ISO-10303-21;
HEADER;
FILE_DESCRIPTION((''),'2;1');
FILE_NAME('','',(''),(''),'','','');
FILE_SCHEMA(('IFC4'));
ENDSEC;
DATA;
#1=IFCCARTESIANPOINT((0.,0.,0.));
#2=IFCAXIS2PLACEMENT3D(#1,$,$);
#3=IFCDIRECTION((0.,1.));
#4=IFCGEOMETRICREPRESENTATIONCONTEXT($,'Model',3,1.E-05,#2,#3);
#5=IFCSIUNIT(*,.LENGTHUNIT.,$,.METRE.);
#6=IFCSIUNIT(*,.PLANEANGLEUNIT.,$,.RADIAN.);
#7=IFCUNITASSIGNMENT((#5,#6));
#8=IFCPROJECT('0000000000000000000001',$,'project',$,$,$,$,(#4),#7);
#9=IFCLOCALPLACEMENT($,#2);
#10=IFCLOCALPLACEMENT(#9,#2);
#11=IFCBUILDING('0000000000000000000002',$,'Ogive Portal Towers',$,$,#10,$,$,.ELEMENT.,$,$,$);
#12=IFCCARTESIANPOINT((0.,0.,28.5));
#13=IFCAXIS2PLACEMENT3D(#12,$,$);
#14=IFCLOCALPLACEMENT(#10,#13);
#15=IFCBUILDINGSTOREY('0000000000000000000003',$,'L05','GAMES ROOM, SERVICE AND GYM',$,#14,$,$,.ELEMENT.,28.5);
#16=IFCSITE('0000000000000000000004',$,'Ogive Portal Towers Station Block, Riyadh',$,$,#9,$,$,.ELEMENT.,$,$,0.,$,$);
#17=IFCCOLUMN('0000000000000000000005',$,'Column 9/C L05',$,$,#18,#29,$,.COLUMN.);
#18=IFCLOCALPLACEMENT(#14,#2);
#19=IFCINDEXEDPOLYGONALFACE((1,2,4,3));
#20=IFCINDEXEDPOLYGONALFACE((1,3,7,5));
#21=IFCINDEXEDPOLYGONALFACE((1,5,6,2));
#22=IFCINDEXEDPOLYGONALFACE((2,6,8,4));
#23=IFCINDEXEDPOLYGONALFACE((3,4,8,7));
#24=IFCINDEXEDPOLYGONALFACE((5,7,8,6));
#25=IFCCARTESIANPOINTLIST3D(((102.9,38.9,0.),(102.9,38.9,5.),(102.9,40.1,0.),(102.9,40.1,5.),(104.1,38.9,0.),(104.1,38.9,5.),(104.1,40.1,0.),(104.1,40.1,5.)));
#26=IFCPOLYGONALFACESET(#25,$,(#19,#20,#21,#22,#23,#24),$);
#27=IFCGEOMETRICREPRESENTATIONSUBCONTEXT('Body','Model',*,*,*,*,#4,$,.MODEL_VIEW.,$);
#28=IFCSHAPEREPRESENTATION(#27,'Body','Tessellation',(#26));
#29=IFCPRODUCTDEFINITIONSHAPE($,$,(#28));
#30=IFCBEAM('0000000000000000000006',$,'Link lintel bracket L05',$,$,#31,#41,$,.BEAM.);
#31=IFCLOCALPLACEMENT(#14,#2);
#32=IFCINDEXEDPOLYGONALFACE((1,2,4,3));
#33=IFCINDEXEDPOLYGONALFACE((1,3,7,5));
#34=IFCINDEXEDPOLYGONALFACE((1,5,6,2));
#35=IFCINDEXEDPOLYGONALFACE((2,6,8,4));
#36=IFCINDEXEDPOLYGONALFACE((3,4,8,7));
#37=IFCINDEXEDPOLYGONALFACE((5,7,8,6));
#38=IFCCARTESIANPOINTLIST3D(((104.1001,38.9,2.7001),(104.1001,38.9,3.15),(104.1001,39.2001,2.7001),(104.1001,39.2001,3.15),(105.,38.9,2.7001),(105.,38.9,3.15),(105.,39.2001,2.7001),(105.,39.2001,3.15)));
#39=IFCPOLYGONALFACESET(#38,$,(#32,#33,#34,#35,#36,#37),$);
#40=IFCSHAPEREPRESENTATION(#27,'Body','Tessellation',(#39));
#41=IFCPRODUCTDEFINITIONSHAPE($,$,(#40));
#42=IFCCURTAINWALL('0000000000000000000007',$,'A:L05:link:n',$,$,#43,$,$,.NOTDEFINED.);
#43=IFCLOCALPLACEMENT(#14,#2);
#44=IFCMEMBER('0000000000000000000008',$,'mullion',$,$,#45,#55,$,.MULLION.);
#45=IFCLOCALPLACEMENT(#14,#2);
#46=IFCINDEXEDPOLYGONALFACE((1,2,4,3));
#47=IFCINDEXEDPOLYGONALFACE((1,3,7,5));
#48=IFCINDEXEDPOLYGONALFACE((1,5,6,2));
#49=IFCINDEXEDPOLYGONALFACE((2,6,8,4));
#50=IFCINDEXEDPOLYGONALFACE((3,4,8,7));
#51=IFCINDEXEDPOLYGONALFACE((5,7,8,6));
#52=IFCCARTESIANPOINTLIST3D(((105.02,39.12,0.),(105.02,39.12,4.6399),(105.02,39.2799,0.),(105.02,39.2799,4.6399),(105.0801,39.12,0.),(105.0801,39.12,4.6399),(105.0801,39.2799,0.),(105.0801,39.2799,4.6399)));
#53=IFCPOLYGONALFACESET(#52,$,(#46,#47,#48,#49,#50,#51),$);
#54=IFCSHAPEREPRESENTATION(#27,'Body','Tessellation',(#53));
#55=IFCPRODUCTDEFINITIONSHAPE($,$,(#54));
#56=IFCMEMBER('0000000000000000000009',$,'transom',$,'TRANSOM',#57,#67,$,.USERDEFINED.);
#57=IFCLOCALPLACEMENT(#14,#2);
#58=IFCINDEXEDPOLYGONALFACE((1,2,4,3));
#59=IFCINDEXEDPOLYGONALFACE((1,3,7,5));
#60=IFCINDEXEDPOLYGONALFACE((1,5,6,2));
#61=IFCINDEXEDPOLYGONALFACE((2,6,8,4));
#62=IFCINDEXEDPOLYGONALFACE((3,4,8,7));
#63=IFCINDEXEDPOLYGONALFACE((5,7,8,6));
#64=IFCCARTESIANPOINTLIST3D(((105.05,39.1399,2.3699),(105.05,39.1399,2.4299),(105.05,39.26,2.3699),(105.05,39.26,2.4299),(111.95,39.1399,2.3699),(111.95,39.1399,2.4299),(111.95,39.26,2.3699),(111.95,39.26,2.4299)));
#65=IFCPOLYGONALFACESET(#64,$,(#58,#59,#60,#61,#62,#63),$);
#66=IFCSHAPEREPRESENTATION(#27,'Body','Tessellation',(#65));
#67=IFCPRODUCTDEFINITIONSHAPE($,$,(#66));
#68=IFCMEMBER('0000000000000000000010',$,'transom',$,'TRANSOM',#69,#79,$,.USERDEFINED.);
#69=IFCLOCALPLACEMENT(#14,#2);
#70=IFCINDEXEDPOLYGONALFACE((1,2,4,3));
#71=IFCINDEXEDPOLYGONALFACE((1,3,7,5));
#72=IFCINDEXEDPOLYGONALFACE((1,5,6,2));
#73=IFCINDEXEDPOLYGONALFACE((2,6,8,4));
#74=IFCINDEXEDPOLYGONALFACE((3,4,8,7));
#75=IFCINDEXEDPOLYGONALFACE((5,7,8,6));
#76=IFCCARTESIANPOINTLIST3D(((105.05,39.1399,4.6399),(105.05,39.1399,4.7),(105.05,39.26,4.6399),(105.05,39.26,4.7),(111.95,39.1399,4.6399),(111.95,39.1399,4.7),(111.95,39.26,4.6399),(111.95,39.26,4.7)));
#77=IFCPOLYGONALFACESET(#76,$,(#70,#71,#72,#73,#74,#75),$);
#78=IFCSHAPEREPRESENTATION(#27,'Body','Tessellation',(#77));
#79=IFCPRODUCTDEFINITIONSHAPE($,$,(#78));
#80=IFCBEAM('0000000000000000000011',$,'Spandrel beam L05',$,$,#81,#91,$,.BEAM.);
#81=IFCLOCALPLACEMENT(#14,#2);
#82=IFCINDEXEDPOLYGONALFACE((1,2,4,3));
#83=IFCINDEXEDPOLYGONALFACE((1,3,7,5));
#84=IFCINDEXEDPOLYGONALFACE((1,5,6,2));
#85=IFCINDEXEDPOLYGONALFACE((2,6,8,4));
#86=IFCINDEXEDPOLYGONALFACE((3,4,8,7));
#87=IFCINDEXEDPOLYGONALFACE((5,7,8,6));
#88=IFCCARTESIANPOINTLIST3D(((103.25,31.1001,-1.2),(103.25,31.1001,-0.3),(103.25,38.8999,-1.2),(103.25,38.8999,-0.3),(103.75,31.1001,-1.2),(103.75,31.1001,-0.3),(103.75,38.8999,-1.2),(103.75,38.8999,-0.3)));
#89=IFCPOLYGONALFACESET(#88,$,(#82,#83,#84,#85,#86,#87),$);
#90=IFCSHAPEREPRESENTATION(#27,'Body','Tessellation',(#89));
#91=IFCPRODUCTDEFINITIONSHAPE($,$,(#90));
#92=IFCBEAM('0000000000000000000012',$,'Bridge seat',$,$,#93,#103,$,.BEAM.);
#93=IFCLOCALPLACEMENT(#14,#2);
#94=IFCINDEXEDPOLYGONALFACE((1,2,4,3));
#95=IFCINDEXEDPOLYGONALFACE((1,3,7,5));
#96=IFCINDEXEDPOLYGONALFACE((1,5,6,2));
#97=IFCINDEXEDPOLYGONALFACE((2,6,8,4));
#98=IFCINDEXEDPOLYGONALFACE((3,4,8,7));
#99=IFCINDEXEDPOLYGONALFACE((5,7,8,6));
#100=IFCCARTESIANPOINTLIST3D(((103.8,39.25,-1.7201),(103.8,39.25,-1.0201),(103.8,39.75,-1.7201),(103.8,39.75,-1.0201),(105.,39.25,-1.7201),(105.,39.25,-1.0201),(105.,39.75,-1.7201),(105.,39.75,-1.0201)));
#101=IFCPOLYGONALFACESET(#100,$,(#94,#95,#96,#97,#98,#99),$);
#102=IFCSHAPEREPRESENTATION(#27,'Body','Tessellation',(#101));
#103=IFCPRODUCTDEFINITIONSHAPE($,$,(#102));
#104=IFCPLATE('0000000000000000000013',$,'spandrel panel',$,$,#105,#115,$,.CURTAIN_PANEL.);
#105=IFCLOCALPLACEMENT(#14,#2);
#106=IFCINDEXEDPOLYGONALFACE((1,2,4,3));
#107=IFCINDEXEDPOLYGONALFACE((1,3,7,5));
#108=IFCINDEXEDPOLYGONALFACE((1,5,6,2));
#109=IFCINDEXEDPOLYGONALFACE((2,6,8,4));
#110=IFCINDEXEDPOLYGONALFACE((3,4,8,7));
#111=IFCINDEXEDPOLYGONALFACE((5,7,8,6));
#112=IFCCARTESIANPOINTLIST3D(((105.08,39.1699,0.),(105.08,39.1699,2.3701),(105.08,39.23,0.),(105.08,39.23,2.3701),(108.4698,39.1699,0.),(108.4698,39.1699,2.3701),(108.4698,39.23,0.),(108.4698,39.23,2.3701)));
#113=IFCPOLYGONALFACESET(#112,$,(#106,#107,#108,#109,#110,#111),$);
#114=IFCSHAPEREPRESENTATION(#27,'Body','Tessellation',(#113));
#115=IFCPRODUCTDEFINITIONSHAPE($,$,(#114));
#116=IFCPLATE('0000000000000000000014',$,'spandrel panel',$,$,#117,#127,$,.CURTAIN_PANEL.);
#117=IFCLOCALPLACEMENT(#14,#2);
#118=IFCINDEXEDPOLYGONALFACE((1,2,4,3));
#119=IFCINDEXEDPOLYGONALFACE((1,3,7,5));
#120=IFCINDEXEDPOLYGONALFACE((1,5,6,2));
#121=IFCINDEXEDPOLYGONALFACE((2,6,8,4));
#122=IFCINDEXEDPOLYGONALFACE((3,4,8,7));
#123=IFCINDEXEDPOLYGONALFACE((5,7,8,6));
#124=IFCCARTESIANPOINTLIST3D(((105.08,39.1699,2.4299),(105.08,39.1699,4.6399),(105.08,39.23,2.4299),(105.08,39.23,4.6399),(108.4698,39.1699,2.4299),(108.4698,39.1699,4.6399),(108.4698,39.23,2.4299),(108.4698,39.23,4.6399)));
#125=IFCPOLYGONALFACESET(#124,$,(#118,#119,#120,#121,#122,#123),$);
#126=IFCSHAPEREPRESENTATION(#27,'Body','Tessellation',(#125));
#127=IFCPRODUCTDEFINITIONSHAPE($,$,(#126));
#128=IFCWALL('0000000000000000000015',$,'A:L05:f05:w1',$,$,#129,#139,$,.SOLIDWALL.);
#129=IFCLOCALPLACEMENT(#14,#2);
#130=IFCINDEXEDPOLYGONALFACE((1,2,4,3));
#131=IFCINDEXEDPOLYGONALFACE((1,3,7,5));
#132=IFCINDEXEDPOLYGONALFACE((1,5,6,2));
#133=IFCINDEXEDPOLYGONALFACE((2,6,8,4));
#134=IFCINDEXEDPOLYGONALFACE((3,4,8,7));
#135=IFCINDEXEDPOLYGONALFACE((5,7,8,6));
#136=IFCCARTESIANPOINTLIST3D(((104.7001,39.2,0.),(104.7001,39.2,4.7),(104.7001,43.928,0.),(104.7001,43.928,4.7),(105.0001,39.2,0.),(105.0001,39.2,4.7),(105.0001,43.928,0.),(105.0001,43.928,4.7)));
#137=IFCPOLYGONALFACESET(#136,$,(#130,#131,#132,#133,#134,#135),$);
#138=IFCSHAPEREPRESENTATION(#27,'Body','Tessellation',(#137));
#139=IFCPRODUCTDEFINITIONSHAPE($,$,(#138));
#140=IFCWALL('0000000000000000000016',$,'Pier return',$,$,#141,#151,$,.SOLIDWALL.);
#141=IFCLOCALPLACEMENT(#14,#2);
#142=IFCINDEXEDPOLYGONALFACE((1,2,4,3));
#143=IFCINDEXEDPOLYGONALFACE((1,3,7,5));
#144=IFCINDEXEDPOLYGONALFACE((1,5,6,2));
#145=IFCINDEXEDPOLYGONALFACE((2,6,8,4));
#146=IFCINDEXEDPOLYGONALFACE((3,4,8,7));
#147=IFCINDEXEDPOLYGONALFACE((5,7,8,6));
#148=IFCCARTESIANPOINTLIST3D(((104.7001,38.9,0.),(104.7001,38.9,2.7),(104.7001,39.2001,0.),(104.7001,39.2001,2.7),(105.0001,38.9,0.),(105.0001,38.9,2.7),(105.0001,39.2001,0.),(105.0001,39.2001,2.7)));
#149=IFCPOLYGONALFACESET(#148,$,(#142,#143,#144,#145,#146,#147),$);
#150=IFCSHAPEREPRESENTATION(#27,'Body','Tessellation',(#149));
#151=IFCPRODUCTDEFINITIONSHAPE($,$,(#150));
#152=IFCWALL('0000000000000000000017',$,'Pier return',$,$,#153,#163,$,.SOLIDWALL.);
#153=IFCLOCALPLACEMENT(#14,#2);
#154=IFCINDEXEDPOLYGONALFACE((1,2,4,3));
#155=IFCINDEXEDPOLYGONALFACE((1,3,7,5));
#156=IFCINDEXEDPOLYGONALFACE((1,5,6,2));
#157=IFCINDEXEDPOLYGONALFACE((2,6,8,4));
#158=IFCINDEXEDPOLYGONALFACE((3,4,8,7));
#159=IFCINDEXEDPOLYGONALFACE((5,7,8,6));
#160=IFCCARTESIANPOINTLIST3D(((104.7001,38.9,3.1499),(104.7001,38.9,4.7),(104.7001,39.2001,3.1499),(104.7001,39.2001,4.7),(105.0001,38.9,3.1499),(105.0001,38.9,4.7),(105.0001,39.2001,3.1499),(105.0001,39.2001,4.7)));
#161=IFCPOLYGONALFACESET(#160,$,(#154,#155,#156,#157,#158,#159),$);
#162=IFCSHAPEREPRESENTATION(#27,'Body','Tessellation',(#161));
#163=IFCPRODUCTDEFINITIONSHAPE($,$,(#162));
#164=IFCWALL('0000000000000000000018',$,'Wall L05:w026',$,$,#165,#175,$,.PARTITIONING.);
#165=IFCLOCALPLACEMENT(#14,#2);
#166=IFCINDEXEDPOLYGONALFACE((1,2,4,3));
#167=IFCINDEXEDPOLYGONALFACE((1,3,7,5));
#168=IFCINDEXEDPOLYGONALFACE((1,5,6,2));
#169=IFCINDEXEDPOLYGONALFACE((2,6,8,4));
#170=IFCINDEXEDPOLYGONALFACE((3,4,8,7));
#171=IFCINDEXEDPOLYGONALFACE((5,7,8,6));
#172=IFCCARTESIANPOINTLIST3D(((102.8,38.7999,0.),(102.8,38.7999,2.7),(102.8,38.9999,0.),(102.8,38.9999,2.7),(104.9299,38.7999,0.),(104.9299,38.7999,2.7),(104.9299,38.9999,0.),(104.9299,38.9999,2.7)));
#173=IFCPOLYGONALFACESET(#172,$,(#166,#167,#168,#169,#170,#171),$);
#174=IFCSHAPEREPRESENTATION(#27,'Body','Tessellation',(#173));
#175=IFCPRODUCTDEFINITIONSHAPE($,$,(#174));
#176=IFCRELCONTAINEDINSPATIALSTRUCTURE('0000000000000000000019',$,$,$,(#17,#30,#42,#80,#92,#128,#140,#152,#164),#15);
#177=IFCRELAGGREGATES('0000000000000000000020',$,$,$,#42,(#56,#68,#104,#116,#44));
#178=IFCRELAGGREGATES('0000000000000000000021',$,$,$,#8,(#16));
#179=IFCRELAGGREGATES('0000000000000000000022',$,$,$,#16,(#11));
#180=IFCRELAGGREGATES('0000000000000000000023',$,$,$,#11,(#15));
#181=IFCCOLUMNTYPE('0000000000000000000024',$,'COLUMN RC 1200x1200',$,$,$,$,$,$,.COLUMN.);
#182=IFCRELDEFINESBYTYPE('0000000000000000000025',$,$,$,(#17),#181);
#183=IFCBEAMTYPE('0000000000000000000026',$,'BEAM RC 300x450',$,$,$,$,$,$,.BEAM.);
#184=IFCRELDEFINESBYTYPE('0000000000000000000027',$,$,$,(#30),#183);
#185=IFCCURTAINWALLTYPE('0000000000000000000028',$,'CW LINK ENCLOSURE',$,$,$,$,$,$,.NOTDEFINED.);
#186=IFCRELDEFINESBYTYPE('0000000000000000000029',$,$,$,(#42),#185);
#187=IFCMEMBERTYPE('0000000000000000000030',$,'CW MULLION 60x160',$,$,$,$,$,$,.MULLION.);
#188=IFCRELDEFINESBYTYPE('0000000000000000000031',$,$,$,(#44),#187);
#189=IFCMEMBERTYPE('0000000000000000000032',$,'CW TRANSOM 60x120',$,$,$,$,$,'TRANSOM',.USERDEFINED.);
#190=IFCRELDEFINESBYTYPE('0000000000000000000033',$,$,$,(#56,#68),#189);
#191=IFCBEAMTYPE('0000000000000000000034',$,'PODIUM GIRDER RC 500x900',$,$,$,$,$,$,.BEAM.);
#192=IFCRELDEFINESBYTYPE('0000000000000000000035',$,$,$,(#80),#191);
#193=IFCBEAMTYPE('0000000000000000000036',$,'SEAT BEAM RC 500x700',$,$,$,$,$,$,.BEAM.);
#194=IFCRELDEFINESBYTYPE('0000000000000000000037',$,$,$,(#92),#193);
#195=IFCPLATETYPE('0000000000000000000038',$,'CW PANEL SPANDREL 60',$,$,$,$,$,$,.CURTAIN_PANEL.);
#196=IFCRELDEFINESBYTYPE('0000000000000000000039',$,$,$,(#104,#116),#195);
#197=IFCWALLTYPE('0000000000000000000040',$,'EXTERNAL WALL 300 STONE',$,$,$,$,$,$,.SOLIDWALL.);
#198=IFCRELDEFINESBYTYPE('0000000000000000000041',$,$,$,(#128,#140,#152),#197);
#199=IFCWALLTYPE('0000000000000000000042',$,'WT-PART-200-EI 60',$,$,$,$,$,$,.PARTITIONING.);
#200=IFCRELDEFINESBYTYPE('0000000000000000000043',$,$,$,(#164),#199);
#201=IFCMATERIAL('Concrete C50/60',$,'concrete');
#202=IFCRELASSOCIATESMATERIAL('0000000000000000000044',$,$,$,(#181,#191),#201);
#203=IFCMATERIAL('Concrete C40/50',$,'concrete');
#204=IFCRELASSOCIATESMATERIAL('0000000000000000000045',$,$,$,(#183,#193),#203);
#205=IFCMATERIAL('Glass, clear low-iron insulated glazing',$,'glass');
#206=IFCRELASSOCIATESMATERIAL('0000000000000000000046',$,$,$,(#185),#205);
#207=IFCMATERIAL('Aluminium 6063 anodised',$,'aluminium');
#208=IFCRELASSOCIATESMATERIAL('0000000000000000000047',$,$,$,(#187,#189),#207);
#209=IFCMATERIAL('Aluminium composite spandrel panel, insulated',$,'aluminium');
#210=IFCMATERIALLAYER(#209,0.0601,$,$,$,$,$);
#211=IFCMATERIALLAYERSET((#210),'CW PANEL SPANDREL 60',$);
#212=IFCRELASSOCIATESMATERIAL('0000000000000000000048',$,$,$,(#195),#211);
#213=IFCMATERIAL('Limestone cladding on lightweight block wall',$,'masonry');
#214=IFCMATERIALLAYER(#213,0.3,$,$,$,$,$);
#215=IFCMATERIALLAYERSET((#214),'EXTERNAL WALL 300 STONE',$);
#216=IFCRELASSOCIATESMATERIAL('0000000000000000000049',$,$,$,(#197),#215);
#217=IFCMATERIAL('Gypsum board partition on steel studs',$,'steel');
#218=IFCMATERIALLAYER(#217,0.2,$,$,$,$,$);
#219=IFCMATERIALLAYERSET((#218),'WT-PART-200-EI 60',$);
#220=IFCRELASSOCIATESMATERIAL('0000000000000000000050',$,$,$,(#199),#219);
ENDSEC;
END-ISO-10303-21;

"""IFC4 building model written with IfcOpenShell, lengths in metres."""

from ifc_helpers import new_model, si_unit, direction, frame, frame_2d, origin, origin_2d, place, context, subcontext, project, spatial, rectangle, extrude, material, layer, layer_set, material_profile, profile_set, type_object, element, aggregate, save


model = new_model("IFC4")

# Units and contexts
model_context = context("Model", 3, precision=1e-05, world=origin(), true_north=direction((0.0, 1.0)))
body_context = subcontext(model_context, "Body", "Model", "MODEL_VIEW")
ifc_project = project(units=[si_unit("LENGTHUNIT", "METRE"), si_unit("PLANEANGLEUNIT", "RADIAN")], contexts=[model_context])

# Site, building, storey
site_placement = place(None, origin())
site = spatial("IfcSite", under=ifc_project, at=site_placement, Name="Ogive Portal Towers Station Block, Riyadh", CompositionType="ELEMENT", RefElevation=0.0)
building_placement = place(site_placement, origin())
building = spatial("IfcBuilding", under=site, at=building_placement, Name="Ogive Portal Towers", CompositionType="ELEMENT")
storey_placement = place(building_placement, frame((0.0, 0.0, 28.5)))
storey = spatial("IfcBuildingStorey", under=building, at=storey_placement, Name="L05", Description="GAMES ROOM, SERVICE AND GYM", CompositionType="ELEMENT", Elevation=28.5)

# Column
ifc_material_1 = material(Name="Concrete C50/60", Category="concrete")
ifc_material_profile_1 = material_profile(ifc_material_1, rectangle(XDim=1.2, YDim=1.2, at=origin_2d()), Name="RC 1200x1200")
ifc_profile_set_1 = profile_set([ifc_material_profile_1], Name="Concrete C50/60")
column_type = type_object("IfcColumnType", Name="COLUMN RC 1200x1200", PredefinedType="COLUMN", material=ifc_profile_set_1)
column_placement = place(storey_placement, frame((103.5, 39.5, 0.0), z_axis=(0.0, 0.0, 1.0), x_axis=(1.0, 0.0, 0.0)))
element("IfcColumn", 1, at=column_placement, inside=storey, type_object=column_type, Name="Column 9/C L05", PredefinedType="COLUMN", context=body_context, shape_type="SweptSolid", body=[
    extrude(rectangle(XDim=1.2, YDim=1.2, at=origin_2d()), origin(), (0.0, 0.0, 1.0), 5.0),
])

# Beam
ifc_material_2 = material(Name="Concrete C40/50", Category="concrete")
ifc_material_profile_2 = material_profile(ifc_material_2, rectangle(XDim=0.3, YDim=0.45, at=origin_2d()), Name="RC 300x450")
ifc_profile_set_2 = profile_set([ifc_material_profile_2], Name="Concrete C40/50")
beam_type_1 = type_object("IfcBeamType", Name="BEAM RC 300x450", PredefinedType="BEAM", material=ifc_profile_set_2)
beam_1_placement = place(storey_placement, frame((104.1001, 39.05, 2.925), z_axis=(1.0, 0.0, 0.0), x_axis=(0.0, 1.0, 0.0)))
element("IfcBeam", 2, at=beam_1_placement, inside=storey, type_object=beam_type_1, Name="Link lintel bracket L05", PredefinedType="BEAM", context=body_context, shape_type="SweptSolid", body=[
    extrude(rectangle(XDim=0.3, YDim=0.45, at=origin_2d()), origin(), (0.0, 0.0, 1.0), 0.8999),
])

# Curtain wall, members
ifc_material_3 = material(Name="Glass, clear low-iron insulated glazing", Category="glass")
curtain_wall_type = type_object("IfcCurtainWallType", Name="CW LINK ENCLOSURE", PredefinedType="NOTDEFINED", material=ifc_material_3)
curtain_wall_placement = place(storey_placement, origin())
curtain_wall = element("IfcCurtainWall", 3, at=curtain_wall_placement, inside=storey, type_object=curtain_wall_type, Name="A:L05:link:n", PredefinedType="NOTDEFINED")
ifc_material_4 = material(Name="Aluminium 6063 anodised", Category="aluminium")
ifc_material_profile_3 = material_profile(ifc_material_4, rectangle(XDim=0.1599, YDim=0.0601, at=origin_2d()), Name="AL 60x160")
ifc_profile_set_3 = profile_set([ifc_material_profile_3], Name="Aluminium 6063 anodised")
member_type_1 = type_object("IfcMemberType", Name="CW MULLION 60x160", PredefinedType="MULLION", material=ifc_profile_set_3)
member_1_placement = place(storey_placement, frame((105.05, 39.2, 0.0), z_axis=(0.0, 0.0, 1.0), x_axis=(0.0, 1.0, 0.0)))
member_1 = element("IfcMember", 4, at=member_1_placement, type_object=member_type_1, Name="mullion", PredefinedType="MULLION", context=body_context, shape_type="SweptSolid", body=[
    extrude(rectangle(XDim=0.1599, YDim=0.0601, at=origin_2d()), origin(), (0.0, 0.0, 1.0), 4.6399),
])
ifc_material_profile_4 = material_profile(ifc_material_4, rectangle(XDim=0.1201, YDim=0.0601, at=origin_2d()), Name="AL 120x60")
ifc_profile_set_4 = profile_set([ifc_material_profile_4], Name="Aluminium 6063 anodised")
member_type_2 = type_object("IfcMemberType", Name="CW TRANSOM 60x120", ElementType="TRANSOM", PredefinedType="USERDEFINED", material=ifc_profile_set_4)
member_2_placement = place(storey_placement, frame((105.05, 39.2, 2.3999), z_axis=(1.0, 0.0, 0.0), x_axis=(0.0, 1.0, 0.0)))
member_2 = element("IfcMember", 5, at=member_2_placement, type_object=member_type_2, Name="transom", ObjectType="TRANSOM", PredefinedType="USERDEFINED", context=body_context, shape_type="SweptSolid", body=[
    extrude(rectangle(XDim=0.1201, YDim=0.0601, at=origin_2d()), origin(), (0.0, 0.0, 1.0), 6.8999),
])
member_3_placement = place(storey_placement, frame((105.05, 39.2, 4.6699), z_axis=(1.0, 0.0, 0.0), x_axis=(0.0, 1.0, 0.0)))
member_3 = element("IfcMember", 6, at=member_3_placement, type_object=member_type_2, Name="transom", ObjectType="TRANSOM", PredefinedType="USERDEFINED", context=body_context, shape_type="SweptSolid", body=[
    extrude(rectangle(XDim=0.1201, YDim=0.0601, at=origin_2d()), origin(), (0.0, 0.0, 1.0), 6.8999),
])

# Beams
ifc_material_profile_5 = material_profile(ifc_material_1, rectangle(XDim=0.5, YDim=0.8999, at=origin_2d()), Name="RC 500x900")
ifc_profile_set_5 = profile_set([ifc_material_profile_5], Name="Concrete C50/60")
beam_type_2 = type_object("IfcBeamType", Name="PODIUM GIRDER RC 500x900", PredefinedType="BEAM", material=ifc_profile_set_5)
beam_2_placement = place(storey_placement, frame((103.5, 31.1001, -0.75), z_axis=(0.0, 1.0, 0.0), x_axis=(-1.0, 0.0, 0.0)))
element("IfcBeam", 7, at=beam_2_placement, inside=storey, type_object=beam_type_2, Name="Spandrel beam L05", PredefinedType="BEAM", context=body_context, shape_type="SweptSolid", body=[
    extrude(rectangle(XDim=0.5, YDim=0.8999, at=origin_2d()), origin(), (0.0, 0.0, 1.0), 7.7998),
])
ifc_material_profile_6 = material_profile(ifc_material_2, rectangle(XDim=0.5, YDim=0.7, at=origin_2d()), Name="RC 500x700")
ifc_profile_set_6 = profile_set([ifc_material_profile_6], Name="Concrete C40/50")
beam_type_3 = type_object("IfcBeamType", Name="SEAT BEAM RC 500x700", PredefinedType="BEAM", material=ifc_profile_set_6)
beam_3_placement = place(storey_placement, frame((103.8, 39.5, -1.3701), z_axis=(1.0, 0.0, 0.0), x_axis=(0.0, 1.0, 0.0)))
element("IfcBeam", 8, at=beam_3_placement, inside=storey, type_object=beam_type_3, Name="Bridge seat", PredefinedType="BEAM", context=body_context, shape_type="SweptSolid", body=[
    extrude(rectangle(XDim=0.5, YDim=0.7, at=origin_2d()), origin(), (0.0, 0.0, 1.0), 1.2),
])

# Plates
ifc_material_5 = material(Name="Aluminium composite spandrel panel, insulated", Category="aluminium")
ifc_layer_1 = layer(ifc_material_5, 0.0601)
ifc_layer_set_1 = layer_set([ifc_layer_1], Name="CW PANEL SPANDREL 60")
plate_type = type_object("IfcPlateType", Name="CW PANEL SPANDREL 60", PredefinedType="CURTAIN_PANEL", material=ifc_layer_set_1)
plate_1_placement = place(storey_placement, frame((106.7749, 39.2, 0.0), z_axis=(0.0, 0.0, 1.0), x_axis=(1.0, 0.0, 0.0)))
plate_1 = element("IfcPlate", 9, at=plate_1_placement, type_object=plate_type, Name="spandrel panel", PredefinedType="CURTAIN_PANEL", context=body_context, shape_type="SweptSolid", body=[
    extrude(rectangle(XDim=3.3899, YDim=0.0601, at=origin_2d()), origin(), (0.0, 0.0, 1.0), 2.3701),
])
plate_2_placement = place(storey_placement, frame((106.7749, 39.2, 2.4299), z_axis=(0.0, 0.0, 1.0), x_axis=(1.0, 0.0, 0.0)))
plate_2 = element("IfcPlate", 10, at=plate_2_placement, type_object=plate_type, Name="spandrel panel", PredefinedType="CURTAIN_PANEL", context=body_context, shape_type="SweptSolid", body=[
    extrude(rectangle(XDim=3.3899, YDim=0.0601, at=origin_2d()), origin(), (0.0, 0.0, 1.0), 2.21),
])
aggregate(curtain_wall, [member_2, member_3, plate_1, plate_2, member_1])

# Walls
ifc_material_6 = material(Name="Limestone cladding on lightweight block wall", Category="masonry")
ifc_layer_2 = layer(ifc_material_6, 0.3)
ifc_layer_set_2 = layer_set([ifc_layer_2], Name="EXTERNAL WALL 300 STONE")
wall_type_1 = type_object("IfcWallType", Name="EXTERNAL WALL 300 STONE", PredefinedType="SOLIDWALL", material=ifc_layer_set_2)
wall_1_placement = place(storey_placement, frame((104.8501, 39.2, 0.0), z_axis=(0.0, 0.0, 1.0), x_axis=(0.0, 1.0, 0.0)))
element("IfcWall", 11, at=wall_1_placement, inside=storey, type_object=wall_type_1, Name="A:L05:f05:w1", PredefinedType="SOLIDWALL", context=body_context, shape_type="SweptSolid", body=[
    extrude(rectangle(XDim=4.728, YDim=0.3, at=frame_2d((2.364, 0.0))), origin(), (0.0, 0.0, 1.0), 4.7),
])
wall_2_placement = place(storey_placement, frame((104.8501, 39.2, 0.0), z_axis=(0.0, 0.0, 1.0), x_axis=(0.0, -1.0, 0.0)))
element("IfcWall", 12, at=wall_2_placement, inside=storey, type_object=wall_type_1, Name="Pier return", PredefinedType="SOLIDWALL", context=body_context, shape_type="SweptSolid", body=[
    extrude(rectangle(XDim=0.3, YDim=0.3, at=frame_2d((0.1499, 0.0))), origin(), (0.0, 0.0, 1.0), 2.7),
])
wall_3_placement = place(storey_placement, frame((104.8501, 39.2, 3.1499), z_axis=(0.0, 0.0, 1.0), x_axis=(0.0, -1.0, 0.0)))
element("IfcWall", 13, at=wall_3_placement, inside=storey, type_object=wall_type_1, Name="Pier return", PredefinedType="SOLIDWALL", context=body_context, shape_type="SweptSolid", body=[
    extrude(rectangle(XDim=0.3, YDim=0.3, at=frame_2d((0.1499, 0.0))), origin(), (0.0, 0.0, 1.0), 1.55),
])
ifc_material_7 = material(Name="Gypsum board partition on steel studs", Category="steel")
ifc_layer_3 = layer(ifc_material_7, 0.2)
ifc_layer_set_3 = layer_set([ifc_layer_3], Name="WT-PART-200-EI 60")
wall_type_2 = type_object("IfcWallType", Name="WT-PART-200-EI 60", PredefinedType="PARTITIONING", material=ifc_layer_set_3)
wall_4_placement = place(storey_placement, frame((102.8, 38.8999, 0.0), z_axis=(0.0, 0.0, 1.0), x_axis=(1.0, 0.0, 0.0)))
element("IfcWall", 14, at=wall_4_placement, inside=storey, type_object=wall_type_2, Name="Wall L05:w026", PredefinedType="PARTITIONING", context=body_context, shape_type="SweptSolid", body=[
    extrude(rectangle(XDim=2.1299, YDim=0.2, at=frame_2d((1.0649, 0.0))), origin(), (0.0, 0.0, 1.0), 2.7),
])

save(model, "model.ifc")
